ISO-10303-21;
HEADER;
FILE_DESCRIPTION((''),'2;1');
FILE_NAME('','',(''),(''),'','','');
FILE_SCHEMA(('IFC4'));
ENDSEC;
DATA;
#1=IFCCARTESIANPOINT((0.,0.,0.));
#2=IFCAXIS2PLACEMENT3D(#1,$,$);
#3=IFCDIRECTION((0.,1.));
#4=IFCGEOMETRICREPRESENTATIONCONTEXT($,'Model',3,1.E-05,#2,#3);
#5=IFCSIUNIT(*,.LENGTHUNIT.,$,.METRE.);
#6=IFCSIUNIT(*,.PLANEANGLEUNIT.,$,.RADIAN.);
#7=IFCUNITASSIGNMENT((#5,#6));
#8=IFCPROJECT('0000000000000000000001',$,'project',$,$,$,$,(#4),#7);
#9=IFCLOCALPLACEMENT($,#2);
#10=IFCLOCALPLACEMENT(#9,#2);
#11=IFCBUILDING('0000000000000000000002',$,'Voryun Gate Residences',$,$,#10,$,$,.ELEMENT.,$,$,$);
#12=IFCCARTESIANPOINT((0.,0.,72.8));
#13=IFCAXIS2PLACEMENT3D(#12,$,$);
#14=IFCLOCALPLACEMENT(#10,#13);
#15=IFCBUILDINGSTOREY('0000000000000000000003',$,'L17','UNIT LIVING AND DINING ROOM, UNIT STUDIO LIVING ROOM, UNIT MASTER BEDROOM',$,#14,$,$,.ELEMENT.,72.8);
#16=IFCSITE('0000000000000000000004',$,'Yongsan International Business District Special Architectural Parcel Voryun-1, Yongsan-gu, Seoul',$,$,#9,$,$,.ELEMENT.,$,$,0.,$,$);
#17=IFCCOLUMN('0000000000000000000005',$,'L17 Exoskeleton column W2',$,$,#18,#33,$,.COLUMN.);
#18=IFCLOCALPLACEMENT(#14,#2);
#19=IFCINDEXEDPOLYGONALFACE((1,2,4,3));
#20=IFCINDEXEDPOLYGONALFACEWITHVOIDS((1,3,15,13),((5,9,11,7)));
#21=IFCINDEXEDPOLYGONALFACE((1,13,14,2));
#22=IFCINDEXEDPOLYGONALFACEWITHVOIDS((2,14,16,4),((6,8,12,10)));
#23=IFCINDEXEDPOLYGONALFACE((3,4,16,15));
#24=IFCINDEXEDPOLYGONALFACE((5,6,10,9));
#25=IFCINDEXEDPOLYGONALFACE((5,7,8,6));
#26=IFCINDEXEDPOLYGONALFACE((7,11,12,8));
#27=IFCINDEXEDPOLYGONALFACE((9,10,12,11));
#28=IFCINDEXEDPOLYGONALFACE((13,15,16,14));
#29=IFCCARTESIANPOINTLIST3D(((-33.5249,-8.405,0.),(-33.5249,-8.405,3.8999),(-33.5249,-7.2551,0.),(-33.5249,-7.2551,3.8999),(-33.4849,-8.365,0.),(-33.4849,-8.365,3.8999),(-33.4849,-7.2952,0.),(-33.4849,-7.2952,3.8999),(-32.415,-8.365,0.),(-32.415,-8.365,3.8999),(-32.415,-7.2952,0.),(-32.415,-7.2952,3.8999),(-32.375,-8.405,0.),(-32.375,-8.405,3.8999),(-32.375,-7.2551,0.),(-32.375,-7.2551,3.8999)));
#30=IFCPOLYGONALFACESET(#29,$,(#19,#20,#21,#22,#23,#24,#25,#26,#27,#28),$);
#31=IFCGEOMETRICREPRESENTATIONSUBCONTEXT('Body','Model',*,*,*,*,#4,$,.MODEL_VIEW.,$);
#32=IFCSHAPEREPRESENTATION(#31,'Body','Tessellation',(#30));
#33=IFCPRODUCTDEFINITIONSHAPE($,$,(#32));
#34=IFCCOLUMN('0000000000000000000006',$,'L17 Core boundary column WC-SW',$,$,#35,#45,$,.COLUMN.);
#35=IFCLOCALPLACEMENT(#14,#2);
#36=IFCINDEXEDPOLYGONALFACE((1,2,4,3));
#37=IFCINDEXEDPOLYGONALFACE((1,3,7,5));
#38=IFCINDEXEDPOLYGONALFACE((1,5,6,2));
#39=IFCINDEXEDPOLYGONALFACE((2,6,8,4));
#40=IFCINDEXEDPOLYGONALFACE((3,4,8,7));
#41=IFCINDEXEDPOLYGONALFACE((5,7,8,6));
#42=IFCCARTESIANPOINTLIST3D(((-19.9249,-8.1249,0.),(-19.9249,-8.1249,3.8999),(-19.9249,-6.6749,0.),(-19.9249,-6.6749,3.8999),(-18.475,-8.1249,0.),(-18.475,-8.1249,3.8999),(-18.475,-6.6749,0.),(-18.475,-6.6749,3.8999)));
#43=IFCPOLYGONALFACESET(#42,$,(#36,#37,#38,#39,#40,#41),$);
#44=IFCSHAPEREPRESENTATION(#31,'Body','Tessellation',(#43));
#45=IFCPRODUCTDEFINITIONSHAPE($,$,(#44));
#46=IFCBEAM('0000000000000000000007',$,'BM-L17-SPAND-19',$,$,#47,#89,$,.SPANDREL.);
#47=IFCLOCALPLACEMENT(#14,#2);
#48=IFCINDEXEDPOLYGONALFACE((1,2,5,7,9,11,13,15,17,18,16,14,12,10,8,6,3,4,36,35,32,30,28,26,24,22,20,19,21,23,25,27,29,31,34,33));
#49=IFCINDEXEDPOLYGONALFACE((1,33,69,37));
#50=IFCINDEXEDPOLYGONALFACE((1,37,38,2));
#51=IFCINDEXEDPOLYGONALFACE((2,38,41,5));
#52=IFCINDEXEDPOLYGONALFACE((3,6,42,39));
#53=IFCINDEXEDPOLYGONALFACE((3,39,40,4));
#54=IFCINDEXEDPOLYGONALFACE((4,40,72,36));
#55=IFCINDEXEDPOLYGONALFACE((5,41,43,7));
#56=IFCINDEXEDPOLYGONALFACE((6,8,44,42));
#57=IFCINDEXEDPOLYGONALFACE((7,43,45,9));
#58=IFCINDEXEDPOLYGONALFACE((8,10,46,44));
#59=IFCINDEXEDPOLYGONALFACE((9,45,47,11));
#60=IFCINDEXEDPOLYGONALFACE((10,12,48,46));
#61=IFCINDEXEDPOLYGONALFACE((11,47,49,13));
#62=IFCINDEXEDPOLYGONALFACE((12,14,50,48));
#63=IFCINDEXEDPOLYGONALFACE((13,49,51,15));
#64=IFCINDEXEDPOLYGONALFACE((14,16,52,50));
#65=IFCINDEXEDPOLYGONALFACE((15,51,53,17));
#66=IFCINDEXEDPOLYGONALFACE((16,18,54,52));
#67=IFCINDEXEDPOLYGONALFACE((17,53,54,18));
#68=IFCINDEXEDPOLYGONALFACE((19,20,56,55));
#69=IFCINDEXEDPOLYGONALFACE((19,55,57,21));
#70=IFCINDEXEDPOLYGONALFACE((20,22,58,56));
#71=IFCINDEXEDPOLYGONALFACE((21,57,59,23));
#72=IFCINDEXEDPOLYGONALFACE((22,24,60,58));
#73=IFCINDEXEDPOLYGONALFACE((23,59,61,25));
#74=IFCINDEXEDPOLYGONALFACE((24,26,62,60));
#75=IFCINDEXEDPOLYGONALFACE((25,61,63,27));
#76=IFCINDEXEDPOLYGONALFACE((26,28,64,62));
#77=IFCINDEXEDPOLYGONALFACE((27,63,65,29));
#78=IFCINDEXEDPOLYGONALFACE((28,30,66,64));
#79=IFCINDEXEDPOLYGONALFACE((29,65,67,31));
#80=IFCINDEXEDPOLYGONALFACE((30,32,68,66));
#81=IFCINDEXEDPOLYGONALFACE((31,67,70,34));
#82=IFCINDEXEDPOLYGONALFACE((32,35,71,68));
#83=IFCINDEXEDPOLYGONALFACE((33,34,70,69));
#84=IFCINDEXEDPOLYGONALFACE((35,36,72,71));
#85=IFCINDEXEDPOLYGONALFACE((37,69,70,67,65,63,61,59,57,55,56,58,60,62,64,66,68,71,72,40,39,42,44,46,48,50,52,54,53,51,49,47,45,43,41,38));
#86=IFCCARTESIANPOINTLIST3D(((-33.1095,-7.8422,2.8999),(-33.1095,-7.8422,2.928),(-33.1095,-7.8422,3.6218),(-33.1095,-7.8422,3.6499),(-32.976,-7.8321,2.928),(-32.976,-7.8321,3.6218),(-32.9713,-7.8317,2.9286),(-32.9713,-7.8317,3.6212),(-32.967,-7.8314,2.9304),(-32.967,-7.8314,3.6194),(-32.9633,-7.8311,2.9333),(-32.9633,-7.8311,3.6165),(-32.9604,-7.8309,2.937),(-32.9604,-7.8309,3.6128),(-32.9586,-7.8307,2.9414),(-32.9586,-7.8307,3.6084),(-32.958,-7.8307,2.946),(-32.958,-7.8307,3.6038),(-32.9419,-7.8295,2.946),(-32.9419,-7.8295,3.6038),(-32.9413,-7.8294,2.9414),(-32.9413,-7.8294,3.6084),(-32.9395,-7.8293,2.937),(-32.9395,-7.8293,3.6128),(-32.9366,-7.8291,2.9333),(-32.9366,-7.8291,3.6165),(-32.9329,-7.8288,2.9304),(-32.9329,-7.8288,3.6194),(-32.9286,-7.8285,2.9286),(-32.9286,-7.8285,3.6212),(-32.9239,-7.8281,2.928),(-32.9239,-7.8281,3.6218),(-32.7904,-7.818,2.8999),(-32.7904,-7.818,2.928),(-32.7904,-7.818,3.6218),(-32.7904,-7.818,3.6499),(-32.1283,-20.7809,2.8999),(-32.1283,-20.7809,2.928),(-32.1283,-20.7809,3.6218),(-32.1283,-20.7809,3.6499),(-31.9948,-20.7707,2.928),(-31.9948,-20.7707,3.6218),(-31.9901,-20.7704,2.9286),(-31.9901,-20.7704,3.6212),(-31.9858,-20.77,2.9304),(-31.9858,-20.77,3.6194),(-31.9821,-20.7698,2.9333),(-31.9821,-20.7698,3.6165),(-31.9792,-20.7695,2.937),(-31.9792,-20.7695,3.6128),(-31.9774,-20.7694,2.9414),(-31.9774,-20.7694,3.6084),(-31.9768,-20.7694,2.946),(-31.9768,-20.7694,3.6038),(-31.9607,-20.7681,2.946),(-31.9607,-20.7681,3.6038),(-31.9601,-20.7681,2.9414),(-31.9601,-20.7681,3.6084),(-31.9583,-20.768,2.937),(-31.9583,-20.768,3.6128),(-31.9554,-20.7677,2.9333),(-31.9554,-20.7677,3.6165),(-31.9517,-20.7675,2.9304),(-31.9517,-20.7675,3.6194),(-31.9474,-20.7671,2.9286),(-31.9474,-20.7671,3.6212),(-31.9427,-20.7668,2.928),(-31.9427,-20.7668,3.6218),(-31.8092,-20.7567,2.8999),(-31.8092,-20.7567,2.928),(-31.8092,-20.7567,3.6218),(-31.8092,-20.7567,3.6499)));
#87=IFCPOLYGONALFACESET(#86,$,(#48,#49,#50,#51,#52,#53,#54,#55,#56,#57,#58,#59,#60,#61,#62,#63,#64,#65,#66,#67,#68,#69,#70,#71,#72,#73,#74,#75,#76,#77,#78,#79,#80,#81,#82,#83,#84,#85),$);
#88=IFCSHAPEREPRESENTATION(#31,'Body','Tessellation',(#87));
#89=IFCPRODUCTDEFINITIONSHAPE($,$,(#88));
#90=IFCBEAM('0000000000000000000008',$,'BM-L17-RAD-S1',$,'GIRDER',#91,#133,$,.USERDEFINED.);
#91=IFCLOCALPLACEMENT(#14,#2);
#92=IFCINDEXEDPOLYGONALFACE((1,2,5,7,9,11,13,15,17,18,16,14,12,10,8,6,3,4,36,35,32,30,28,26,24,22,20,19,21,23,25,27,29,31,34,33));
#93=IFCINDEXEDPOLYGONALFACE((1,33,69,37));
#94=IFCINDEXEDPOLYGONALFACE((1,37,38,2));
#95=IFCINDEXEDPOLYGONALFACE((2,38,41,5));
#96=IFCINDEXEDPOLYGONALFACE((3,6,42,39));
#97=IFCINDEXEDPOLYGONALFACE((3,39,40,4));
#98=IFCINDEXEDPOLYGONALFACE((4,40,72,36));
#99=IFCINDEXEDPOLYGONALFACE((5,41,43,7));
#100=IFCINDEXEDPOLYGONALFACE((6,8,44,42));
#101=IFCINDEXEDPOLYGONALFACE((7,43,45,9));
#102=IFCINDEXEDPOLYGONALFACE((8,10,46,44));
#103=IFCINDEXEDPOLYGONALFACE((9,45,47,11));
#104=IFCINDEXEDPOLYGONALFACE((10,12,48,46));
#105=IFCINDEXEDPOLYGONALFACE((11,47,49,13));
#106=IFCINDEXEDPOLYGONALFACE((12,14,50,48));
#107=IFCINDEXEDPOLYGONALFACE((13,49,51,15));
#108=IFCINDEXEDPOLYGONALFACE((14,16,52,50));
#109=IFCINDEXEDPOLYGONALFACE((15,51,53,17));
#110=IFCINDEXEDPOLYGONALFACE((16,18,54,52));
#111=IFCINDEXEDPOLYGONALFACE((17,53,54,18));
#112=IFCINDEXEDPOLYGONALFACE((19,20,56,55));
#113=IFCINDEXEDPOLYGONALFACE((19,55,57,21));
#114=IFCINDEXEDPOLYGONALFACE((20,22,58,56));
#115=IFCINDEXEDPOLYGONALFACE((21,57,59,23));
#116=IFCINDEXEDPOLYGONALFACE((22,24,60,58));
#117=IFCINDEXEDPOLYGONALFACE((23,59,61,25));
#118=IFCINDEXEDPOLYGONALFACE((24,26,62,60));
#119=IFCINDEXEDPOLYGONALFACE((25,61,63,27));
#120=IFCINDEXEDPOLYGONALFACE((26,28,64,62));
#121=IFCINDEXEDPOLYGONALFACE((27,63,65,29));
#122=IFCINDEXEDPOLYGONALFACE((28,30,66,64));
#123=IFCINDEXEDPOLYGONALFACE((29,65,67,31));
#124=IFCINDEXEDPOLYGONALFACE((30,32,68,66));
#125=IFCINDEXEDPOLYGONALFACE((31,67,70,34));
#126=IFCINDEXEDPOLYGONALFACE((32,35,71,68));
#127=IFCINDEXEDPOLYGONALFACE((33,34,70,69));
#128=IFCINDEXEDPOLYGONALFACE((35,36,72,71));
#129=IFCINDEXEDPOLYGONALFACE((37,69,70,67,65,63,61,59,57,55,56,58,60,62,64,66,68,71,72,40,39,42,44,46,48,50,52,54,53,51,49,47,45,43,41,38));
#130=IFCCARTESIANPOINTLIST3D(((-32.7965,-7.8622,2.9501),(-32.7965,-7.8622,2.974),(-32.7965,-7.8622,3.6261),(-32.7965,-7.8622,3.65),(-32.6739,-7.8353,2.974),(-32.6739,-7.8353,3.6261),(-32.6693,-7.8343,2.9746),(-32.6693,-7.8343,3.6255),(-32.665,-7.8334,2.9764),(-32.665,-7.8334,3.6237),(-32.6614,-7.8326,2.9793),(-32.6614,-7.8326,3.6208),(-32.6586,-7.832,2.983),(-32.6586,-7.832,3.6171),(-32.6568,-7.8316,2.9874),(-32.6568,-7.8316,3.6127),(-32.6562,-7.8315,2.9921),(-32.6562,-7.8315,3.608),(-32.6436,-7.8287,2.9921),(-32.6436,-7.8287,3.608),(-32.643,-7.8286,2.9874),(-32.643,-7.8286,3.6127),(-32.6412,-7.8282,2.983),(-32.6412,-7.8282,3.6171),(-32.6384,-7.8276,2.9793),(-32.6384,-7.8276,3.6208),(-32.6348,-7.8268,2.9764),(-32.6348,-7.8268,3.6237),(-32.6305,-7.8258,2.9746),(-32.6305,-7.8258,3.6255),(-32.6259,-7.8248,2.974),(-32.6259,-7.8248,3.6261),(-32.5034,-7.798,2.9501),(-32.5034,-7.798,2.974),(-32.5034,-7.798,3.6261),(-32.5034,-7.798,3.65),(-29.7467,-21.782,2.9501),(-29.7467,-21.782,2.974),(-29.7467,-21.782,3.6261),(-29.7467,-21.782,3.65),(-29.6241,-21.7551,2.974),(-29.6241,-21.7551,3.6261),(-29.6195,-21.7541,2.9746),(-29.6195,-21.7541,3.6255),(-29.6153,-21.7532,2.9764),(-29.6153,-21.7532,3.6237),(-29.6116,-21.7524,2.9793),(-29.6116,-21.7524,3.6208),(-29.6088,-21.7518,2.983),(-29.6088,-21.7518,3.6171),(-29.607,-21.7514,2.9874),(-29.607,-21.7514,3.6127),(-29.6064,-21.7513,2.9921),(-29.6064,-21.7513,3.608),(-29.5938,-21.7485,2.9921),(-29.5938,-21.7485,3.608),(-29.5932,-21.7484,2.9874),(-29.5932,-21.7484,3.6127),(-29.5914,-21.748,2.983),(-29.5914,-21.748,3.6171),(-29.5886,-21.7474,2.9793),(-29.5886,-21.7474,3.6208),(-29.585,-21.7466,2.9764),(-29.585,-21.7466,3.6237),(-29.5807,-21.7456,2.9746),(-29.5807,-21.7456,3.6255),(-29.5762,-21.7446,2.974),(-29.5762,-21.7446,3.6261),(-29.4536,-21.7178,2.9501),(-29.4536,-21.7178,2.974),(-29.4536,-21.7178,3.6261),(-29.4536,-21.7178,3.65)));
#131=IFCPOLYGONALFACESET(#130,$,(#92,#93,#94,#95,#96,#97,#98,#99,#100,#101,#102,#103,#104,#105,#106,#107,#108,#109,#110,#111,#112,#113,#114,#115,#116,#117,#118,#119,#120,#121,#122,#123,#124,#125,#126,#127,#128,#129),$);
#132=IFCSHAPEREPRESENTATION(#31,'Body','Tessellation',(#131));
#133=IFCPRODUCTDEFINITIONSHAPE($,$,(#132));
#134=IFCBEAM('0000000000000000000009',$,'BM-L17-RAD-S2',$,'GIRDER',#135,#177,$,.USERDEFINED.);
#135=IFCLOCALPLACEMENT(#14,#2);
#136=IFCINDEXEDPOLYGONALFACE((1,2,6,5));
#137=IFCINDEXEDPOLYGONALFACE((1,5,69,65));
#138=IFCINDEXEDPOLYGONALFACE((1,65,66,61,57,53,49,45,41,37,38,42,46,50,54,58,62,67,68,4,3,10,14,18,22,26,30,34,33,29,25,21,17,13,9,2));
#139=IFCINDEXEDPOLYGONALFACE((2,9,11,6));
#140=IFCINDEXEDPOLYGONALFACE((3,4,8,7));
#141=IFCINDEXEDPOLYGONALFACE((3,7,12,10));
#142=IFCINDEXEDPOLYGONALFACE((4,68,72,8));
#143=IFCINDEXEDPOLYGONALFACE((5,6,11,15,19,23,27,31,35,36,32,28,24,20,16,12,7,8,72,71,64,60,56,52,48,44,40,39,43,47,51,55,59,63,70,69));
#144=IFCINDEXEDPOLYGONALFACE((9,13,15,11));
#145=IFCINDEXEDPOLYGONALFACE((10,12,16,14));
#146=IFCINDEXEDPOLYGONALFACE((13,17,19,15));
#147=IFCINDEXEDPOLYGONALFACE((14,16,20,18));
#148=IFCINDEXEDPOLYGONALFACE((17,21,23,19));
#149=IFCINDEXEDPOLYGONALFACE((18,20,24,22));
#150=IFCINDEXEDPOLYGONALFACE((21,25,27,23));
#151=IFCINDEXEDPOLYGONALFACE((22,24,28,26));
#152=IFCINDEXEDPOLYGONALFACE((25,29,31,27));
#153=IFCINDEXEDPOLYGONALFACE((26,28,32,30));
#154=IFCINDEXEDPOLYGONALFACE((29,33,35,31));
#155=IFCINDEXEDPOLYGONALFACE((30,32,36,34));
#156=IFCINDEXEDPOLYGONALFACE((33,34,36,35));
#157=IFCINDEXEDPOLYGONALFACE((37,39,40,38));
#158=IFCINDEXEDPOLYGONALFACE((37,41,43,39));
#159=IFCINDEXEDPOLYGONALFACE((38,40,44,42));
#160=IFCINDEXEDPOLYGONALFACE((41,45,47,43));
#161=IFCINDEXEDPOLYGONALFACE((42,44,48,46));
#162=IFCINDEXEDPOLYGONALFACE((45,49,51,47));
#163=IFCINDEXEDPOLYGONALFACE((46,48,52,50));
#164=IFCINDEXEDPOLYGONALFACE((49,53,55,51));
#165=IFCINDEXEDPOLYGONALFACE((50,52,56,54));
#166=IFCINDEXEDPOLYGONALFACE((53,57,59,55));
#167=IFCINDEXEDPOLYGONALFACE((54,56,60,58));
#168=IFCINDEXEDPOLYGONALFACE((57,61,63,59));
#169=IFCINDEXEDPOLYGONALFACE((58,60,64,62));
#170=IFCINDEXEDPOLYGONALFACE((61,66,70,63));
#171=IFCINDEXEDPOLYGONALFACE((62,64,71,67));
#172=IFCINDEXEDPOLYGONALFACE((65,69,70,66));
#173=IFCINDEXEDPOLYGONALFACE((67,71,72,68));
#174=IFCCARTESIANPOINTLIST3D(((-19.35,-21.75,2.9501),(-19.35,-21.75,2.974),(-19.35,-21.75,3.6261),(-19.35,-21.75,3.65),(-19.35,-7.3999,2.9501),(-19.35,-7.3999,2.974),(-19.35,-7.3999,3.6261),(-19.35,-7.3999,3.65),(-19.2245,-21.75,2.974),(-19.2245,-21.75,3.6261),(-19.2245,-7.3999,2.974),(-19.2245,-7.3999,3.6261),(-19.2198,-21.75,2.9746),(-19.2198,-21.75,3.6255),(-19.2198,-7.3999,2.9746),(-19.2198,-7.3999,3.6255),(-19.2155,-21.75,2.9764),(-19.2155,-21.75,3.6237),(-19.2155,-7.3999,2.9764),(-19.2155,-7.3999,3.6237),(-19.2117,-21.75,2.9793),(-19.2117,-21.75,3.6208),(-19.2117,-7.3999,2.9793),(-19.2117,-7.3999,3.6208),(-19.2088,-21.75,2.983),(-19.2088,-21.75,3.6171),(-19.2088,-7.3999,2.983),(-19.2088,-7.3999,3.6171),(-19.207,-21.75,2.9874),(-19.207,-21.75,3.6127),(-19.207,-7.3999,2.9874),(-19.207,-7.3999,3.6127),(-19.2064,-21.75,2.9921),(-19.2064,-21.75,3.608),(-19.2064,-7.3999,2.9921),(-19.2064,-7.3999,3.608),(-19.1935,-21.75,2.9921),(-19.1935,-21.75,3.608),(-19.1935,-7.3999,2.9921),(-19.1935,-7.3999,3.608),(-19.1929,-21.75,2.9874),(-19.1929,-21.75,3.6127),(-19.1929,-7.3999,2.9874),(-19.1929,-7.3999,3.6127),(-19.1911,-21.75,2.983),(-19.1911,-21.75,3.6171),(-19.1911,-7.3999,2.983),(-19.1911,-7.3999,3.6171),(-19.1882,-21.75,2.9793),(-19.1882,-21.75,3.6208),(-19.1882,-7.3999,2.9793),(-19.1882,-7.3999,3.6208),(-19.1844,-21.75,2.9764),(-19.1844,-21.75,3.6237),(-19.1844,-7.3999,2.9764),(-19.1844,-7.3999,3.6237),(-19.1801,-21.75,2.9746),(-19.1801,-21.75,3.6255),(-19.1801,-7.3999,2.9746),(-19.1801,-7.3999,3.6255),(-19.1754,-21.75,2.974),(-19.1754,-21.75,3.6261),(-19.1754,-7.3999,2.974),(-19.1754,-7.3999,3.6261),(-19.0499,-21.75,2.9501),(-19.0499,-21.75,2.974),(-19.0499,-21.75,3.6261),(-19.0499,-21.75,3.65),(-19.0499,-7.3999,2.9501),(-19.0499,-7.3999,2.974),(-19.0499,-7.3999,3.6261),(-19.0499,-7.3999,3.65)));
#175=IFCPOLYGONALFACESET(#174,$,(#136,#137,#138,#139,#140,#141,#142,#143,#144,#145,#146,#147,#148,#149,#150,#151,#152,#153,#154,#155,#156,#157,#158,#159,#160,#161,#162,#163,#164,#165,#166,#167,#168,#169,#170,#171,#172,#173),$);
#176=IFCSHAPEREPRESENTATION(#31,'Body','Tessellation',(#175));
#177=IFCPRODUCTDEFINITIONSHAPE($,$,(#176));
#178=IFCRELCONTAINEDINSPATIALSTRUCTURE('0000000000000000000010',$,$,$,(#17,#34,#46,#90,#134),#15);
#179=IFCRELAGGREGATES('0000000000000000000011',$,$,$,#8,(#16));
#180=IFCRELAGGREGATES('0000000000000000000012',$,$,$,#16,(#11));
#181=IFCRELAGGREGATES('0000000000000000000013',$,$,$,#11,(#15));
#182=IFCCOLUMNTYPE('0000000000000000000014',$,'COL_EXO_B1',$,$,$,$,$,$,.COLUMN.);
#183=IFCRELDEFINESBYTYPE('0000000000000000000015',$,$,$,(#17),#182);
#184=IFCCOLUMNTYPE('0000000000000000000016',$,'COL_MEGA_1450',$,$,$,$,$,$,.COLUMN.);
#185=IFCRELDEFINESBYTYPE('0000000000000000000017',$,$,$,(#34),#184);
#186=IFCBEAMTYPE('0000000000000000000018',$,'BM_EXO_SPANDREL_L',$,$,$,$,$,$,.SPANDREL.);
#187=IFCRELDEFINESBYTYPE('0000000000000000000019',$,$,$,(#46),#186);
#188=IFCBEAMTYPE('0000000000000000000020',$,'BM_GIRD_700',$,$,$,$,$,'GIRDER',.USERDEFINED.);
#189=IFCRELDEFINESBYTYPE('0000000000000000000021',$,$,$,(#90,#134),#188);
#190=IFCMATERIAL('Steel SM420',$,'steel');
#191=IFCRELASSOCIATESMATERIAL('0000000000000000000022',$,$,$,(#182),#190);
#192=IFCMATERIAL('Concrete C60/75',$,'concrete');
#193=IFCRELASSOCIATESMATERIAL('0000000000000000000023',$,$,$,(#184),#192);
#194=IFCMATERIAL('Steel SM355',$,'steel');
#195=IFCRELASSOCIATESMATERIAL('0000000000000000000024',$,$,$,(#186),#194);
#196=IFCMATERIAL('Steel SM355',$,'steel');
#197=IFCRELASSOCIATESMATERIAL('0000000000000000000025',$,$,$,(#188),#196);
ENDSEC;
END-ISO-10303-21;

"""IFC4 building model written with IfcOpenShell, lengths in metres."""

from ifc_helpers import new_model, si_unit, direction, frame, origin, origin_2d, place, context, subcontext, project, spatial, rectangle, hollow_rectangle, i_section, extrude, material, material_profile, profile_set, type_object, element, save


model = new_model("IFC4")

# Units and contexts
model_context = context("Model", 3, precision=1e-05, world=origin(), true_north=direction((0.0, 1.0)))
body_context = subcontext(model_context, "Body", "Model", "MODEL_VIEW")
ifc_project = project(units=[si_unit("LENGTHUNIT", "METRE"), si_unit("PLANEANGLEUNIT", "RADIAN")], contexts=[model_context])

# Site, building, storey
site_placement = place(None, origin())
site = spatial("IfcSite", under=ifc_project, at=site_placement, Name="Yongsan International Business District Special Architectural Parcel Voryun-1, Yongsan-gu, Seoul", CompositionType="ELEMENT", RefElevation=0.0)
building_placement = place(site_placement, origin())
building = spatial("IfcBuilding", under=site, at=building_placement, Name="Voryun Gate Residences", CompositionType="ELEMENT")
storey_placement = place(building_placement, frame((0.0, 0.0, 72.8)))
storey = spatial("IfcBuildingStorey", under=building, at=storey_placement, Name="L17", Description="UNIT LIVING AND DINING ROOM, UNIT STUDIO LIVING ROOM, UNIT MASTER BEDROOM", CompositionType="ELEMENT", Elevation=72.8)

# Columns
ifc_material_1 = material(Name="Steel SM420", Category="steel")
ifc_material_profile_1 = material_profile(ifc_material_1, hollow_rectangle(XDim=1.1499, YDim=1.1499, WallThickness=0.04, at=origin_2d()), Name="BOX-1150x1150x40")
ifc_profile_set_1 = profile_set([ifc_material_profile_1], Name="Steel SM420")
column_type_1 = type_object("IfcColumnType", Name="COL_EXO_B1", PredefinedType="COLUMN", material=ifc_profile_set_1)
column_1_placement = place(storey_placement, frame((-32.95, -7.8301, 0.0), z_axis=(0.0, 0.0, 1.0), x_axis=(1.0, 0.0, 0.0)))
element("IfcColumn", 1, at=column_1_placement, inside=storey, type_object=column_type_1, Name="L17 Exoskeleton column W2", PredefinedType="COLUMN", context=body_context, shape_type="SweptSolid", body=[
    extrude(hollow_rectangle(XDim=1.1499, YDim=1.1499, WallThickness=0.04, at=origin_2d()), origin(), (0.0, 0.0, 1.0), 3.8999),
])
ifc_material_2 = material(Name="Concrete C60/75", Category="concrete")
ifc_material_profile_2 = material_profile(ifc_material_2, rectangle(XDim=1.45, YDim=1.45, at=origin_2d()), Name="RC-1450x1450")
ifc_profile_set_2 = profile_set([ifc_material_profile_2], Name="Concrete C60/75")
column_type_2 = type_object("IfcColumnType", Name="COL_MEGA_1450", PredefinedType="COLUMN", material=ifc_profile_set_2)
column_2_placement = place(storey_placement, frame((-19.2, -7.3999, 0.0), z_axis=(0.0, 0.0, 1.0), x_axis=(1.0, 0.0, 0.0)))
element("IfcColumn", 2, at=column_2_placement, inside=storey, type_object=column_type_2, Name="L17 Core boundary column WC-SW", PredefinedType="COLUMN", context=body_context, shape_type="SweptSolid", body=[
    extrude(rectangle(XDim=1.45, YDim=1.45, at=origin_2d()), origin(), (0.0, 0.0, 1.0), 3.8999),
])

# Beams
ifc_material_3 = material(Name="Steel SM355", Category="steel")
ifc_material_profile_3 = material_profile(ifc_material_3, i_section(OverallWidth=0.3201, OverallDepth=0.75, WebThickness=0.0161, FlangeThickness=0.0281, FilletRadius=0.0181, at=origin_2d()), Name="H-750x320x16x28")
ifc_profile_set_3 = profile_set([ifc_material_profile_3], Name="Steel SM355")
beam_type_1 = type_object("IfcBeamType", Name="BM_EXO_SPANDREL_L", PredefinedType="SPANDREL", material=ifc_profile_set_3)
beam_1_placement = place(storey_placement, frame((-32.95, -7.8301, 3.2749), z_axis=(0.075617, -0.997137, 0.0), x_axis=(0.997137, 0.075617, 0.0)))
element("IfcBeam", 3, at=beam_1_placement, inside=storey, type_object=beam_type_1, Name="BM-L17-SPAND-19", PredefinedType="SPANDREL", context=body_context, shape_type="SweptSolid", body=[
    extrude(i_section(OverallWidth=0.3201, OverallDepth=0.75, WebThickness=0.0161, FlangeThickness=0.0281, FilletRadius=0.0181, at=origin_2d()), origin(), (0.0, 0.0, 1.0), 12.9758),
])
ifc_material_4 = material(Name="Steel SM355", Category="steel")
ifc_material_profile_4 = material_profile(ifc_material_4, i_section(OverallWidth=0.3, OverallDepth=0.7, WebThickness=0.0129, FlangeThickness=0.0239, FilletRadius=0.0181, at=origin_2d()), Name="H-700x300x13x24")
ifc_profile_set_4 = profile_set([ifc_material_profile_4], Name="Steel SM355")
beam_type_2 = type_object("IfcBeamType", Name="BM_GIRD_700", ElementType="GIRDER", PredefinedType="USERDEFINED", material=ifc_profile_set_4)
beam_2_placement = place(storey_placement, frame((-32.6499, -7.8301, 3.3), z_axis=(0.21402, -0.976829, 0.0), x_axis=(0.976829, 0.21402, 0.0)))
element("IfcBeam", 4, at=beam_2_placement, inside=storey, type_object=beam_type_2, Name="BM-L17-RAD-S1", ObjectType="GIRDER", PredefinedType="USERDEFINED", context=body_context, shape_type="SweptSolid", body=[
    extrude(i_section(OverallWidth=0.3, OverallDepth=0.7, WebThickness=0.0129, FlangeThickness=0.0239, FilletRadius=0.0181, at=origin_2d()), origin(), (0.0, 0.0, 1.0), 14.25),
])
beam_3_placement = place(storey_placement, frame((-19.2, -7.3999, 3.3), z_axis=(0.0, -1.0, 0.0), x_axis=(1.0, 0.0, 0.0)))
element("IfcBeam", 5, at=beam_3_placement, inside=storey, type_object=beam_type_2, Name="BM-L17-RAD-S2", ObjectType="GIRDER", PredefinedType="USERDEFINED", context=body_context, shape_type="SweptSolid", body=[
    extrude(i_section(OverallWidth=0.3, OverallDepth=0.7, WebThickness=0.0129, FlangeThickness=0.0239, FilletRadius=0.0181, at=origin_2d()), origin(), (0.0, 0.0, 1.0), 14.3501),
])

save(model, "model.ifc")
